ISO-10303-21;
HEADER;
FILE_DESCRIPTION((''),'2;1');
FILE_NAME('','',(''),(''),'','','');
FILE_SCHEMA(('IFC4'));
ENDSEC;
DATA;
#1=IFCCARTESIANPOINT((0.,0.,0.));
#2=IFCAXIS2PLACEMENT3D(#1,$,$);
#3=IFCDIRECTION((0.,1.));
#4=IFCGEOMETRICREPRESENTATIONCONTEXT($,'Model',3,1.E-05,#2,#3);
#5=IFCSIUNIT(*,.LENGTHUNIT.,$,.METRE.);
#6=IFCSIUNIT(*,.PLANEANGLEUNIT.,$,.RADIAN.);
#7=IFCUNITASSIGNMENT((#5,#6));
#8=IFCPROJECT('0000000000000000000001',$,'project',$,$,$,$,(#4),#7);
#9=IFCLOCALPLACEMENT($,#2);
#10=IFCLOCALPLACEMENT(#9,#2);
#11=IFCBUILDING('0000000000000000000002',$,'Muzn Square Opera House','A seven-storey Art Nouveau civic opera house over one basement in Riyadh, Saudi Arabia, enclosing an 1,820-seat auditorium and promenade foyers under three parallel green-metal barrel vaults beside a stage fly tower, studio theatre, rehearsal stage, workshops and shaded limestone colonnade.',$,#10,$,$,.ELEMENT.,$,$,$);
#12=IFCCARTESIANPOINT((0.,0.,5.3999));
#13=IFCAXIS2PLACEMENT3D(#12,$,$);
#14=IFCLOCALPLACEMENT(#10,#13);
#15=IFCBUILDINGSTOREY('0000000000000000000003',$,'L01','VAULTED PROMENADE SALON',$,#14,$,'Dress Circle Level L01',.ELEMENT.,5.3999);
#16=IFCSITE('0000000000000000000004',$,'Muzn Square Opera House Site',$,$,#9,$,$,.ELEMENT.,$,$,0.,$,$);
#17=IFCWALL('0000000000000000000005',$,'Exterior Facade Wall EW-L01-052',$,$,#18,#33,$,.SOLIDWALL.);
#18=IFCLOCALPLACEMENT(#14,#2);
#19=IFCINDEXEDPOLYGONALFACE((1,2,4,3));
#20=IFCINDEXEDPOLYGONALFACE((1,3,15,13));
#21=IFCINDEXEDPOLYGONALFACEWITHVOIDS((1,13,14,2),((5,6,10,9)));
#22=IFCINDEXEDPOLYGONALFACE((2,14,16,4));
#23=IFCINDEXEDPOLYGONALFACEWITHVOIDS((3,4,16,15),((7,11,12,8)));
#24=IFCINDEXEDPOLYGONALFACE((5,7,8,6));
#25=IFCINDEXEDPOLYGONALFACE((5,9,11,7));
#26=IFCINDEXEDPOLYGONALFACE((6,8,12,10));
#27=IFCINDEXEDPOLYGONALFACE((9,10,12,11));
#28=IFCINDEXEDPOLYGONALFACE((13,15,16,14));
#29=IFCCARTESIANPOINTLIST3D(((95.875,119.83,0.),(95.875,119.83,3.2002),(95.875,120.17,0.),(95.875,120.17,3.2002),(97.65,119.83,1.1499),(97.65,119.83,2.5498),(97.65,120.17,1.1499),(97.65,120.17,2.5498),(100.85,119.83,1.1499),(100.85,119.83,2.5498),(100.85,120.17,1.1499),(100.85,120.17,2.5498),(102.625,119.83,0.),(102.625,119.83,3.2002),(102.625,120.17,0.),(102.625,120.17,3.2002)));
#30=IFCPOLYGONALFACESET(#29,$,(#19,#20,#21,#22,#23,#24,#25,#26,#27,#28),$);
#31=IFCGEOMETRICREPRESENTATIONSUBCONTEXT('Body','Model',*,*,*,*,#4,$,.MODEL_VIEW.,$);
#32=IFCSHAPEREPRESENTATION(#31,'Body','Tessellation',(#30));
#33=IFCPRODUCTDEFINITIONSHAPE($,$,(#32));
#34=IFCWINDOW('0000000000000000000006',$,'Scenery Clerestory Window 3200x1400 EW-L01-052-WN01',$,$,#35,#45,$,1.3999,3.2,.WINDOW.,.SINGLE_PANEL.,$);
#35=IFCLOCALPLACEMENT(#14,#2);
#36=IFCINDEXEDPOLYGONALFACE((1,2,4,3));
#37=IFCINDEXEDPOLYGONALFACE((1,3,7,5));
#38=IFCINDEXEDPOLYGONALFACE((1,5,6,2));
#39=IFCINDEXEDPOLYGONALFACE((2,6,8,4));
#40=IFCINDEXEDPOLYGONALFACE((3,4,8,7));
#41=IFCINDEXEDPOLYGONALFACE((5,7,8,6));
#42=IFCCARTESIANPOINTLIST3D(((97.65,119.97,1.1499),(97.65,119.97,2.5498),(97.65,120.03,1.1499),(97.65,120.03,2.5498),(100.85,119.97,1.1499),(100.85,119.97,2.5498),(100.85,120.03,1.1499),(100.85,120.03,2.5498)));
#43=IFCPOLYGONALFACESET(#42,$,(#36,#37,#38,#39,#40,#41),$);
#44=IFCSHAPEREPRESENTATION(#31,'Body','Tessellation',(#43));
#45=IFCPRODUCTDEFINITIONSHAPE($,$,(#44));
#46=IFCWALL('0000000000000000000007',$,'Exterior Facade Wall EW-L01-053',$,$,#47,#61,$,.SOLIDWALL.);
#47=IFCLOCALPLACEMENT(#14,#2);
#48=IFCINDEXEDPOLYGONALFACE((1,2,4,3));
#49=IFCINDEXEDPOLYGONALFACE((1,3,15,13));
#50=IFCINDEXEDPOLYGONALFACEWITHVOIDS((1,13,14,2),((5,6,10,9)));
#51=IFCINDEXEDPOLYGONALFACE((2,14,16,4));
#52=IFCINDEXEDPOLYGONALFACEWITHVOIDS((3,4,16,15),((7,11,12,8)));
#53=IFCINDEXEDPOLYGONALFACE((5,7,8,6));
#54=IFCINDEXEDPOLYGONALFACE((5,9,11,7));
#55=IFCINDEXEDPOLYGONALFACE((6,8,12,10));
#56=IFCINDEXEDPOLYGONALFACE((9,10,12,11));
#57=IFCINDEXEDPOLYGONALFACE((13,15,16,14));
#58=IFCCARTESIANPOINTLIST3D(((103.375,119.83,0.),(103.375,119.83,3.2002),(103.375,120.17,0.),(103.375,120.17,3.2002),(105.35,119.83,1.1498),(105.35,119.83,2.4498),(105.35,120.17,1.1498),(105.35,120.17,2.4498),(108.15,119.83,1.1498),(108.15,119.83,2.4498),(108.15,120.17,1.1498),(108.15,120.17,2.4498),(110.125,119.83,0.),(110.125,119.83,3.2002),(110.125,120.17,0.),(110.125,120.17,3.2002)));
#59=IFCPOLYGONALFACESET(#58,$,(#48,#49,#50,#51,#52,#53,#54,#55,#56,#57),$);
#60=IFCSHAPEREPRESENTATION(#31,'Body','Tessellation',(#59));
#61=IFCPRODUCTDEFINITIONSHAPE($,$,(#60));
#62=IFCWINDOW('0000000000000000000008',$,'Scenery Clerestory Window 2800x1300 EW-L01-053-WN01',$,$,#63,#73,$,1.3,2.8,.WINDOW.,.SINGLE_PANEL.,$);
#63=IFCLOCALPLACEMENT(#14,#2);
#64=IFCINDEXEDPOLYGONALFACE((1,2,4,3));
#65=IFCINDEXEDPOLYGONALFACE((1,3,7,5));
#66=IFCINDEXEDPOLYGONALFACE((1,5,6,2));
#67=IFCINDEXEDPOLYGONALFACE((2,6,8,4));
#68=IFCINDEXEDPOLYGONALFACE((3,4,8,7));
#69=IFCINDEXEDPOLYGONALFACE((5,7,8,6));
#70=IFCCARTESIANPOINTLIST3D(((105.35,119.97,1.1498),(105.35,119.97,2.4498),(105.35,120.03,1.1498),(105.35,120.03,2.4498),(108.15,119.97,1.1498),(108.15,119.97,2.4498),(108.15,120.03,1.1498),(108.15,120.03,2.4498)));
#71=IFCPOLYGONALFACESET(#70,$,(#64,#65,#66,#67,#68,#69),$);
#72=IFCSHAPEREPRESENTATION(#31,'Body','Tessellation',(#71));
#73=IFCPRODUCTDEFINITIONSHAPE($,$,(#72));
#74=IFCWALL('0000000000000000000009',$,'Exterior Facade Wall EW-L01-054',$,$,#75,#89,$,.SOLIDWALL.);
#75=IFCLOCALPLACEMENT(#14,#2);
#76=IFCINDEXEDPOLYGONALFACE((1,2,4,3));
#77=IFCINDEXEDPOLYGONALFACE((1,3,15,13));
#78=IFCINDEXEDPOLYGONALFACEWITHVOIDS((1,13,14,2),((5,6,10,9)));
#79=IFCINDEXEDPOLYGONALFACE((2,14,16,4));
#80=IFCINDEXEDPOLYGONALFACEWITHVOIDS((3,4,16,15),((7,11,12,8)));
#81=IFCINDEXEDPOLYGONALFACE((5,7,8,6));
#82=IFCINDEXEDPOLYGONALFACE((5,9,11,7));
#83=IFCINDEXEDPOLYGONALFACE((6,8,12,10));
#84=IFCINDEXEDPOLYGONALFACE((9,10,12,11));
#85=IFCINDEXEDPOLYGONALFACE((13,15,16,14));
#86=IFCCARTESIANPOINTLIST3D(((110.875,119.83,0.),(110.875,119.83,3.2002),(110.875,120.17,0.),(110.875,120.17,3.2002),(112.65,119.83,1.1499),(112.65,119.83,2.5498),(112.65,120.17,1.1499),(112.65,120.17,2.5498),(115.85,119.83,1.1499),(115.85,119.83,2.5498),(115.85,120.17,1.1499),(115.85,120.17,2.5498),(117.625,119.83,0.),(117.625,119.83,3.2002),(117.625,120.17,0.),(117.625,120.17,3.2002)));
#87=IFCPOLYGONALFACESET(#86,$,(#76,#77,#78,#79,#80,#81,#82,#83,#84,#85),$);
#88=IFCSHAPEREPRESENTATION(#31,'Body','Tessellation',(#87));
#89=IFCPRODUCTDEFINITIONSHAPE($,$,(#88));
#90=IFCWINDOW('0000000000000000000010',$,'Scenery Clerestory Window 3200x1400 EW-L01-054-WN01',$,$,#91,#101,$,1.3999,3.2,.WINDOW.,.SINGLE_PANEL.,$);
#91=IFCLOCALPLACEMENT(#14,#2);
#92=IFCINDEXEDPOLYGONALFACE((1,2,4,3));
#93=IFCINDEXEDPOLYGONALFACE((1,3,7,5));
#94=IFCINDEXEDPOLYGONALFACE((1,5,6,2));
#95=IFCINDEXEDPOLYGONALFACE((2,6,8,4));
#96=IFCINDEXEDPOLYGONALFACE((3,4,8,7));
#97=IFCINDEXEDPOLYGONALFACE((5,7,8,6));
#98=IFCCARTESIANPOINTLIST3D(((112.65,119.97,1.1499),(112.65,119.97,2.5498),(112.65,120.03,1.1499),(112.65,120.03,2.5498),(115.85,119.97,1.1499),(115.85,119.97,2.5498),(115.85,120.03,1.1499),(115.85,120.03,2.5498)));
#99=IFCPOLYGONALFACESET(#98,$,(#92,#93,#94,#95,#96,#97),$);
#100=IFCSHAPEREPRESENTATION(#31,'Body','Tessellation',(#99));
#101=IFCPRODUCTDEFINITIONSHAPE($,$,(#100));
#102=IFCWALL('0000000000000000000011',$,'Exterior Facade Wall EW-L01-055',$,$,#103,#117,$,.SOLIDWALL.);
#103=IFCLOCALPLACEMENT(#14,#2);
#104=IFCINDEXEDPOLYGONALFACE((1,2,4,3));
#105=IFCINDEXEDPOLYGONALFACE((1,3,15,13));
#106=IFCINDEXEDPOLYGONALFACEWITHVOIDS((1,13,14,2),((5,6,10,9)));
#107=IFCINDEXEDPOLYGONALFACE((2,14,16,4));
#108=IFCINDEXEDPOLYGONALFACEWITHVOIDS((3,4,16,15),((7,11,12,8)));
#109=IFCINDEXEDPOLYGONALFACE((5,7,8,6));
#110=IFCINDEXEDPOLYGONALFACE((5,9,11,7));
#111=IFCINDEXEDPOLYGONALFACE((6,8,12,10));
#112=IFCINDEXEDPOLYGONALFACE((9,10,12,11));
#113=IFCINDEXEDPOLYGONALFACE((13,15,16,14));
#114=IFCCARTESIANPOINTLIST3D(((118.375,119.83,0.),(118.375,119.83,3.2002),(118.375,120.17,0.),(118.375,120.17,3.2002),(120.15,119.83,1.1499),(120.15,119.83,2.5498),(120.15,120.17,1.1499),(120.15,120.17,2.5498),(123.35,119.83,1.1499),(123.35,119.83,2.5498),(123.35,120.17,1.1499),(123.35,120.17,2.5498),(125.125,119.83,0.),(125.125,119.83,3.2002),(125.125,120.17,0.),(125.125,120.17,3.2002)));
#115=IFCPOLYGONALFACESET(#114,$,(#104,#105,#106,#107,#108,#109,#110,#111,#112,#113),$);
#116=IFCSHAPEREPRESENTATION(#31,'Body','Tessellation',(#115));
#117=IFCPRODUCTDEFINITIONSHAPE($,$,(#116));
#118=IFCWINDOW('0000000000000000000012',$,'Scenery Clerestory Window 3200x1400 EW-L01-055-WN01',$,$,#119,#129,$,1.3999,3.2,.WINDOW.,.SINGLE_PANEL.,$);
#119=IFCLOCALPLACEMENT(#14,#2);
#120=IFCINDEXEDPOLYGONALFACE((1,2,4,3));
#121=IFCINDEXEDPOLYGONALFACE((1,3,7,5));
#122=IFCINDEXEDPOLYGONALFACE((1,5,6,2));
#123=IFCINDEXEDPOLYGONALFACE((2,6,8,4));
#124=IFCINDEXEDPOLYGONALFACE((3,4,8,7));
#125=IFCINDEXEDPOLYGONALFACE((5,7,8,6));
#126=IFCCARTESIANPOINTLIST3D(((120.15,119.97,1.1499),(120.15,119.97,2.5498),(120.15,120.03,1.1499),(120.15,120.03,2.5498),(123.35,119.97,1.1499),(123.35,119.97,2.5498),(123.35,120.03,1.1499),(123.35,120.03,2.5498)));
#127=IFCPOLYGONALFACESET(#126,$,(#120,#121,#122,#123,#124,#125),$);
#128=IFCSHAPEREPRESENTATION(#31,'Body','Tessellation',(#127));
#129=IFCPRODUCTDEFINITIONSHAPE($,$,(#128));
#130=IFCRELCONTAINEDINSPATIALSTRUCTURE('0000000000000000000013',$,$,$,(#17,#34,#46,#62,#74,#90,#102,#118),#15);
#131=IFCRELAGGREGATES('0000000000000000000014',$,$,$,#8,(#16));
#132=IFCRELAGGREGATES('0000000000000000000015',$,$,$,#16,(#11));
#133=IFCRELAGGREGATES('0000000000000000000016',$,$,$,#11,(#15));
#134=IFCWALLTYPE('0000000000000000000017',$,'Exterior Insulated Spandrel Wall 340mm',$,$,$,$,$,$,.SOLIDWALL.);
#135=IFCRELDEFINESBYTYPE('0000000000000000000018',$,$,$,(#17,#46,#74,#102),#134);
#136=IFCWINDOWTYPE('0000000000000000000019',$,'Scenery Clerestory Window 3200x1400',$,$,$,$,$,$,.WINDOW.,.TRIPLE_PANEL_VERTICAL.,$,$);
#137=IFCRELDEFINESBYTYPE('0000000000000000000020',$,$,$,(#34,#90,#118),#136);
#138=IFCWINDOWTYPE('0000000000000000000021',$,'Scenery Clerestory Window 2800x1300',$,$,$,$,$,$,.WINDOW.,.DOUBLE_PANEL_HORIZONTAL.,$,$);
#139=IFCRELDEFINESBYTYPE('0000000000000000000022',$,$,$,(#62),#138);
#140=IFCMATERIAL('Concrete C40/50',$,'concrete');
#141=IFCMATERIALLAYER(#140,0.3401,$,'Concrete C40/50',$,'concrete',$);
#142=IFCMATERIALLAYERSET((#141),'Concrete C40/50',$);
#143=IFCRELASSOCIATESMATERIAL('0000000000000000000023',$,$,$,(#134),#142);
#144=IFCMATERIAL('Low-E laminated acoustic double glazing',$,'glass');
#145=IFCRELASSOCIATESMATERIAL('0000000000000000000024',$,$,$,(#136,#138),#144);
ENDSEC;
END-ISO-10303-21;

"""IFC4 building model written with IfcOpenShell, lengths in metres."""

from ifc_helpers import new_model, si_unit, direction, frame, frame_2d, origin, place, context, subcontext, project, spatial, rectangle, extrude, material, layer, layer_set, type_object, element, fill, save


model = new_model("IFC4")

# Units and contexts
model_context = context("Model", 3, precision=1e-05, world=origin(), true_north=direction((0.0, 1.0)))
body_context = subcontext(model_context, "Body", "Model", "MODEL_VIEW")
ifc_project = project(units=[si_unit("LENGTHUNIT", "METRE"), si_unit("PLANEANGLEUNIT", "RADIAN")], contexts=[model_context])

# Site, building, storey
site_placement = place(None, origin())
site = spatial("IfcSite", under=ifc_project, at=site_placement, Name="Muzn Square Opera House Site", CompositionType="ELEMENT", RefElevation=0.0)
building_placement = place(site_placement, origin())
building = spatial("IfcBuilding", under=site, at=building_placement, Name="Muzn Square Opera House", Description="A seven-storey Art Nouveau civic opera house over one basement in Riyadh, Saudi Arabia, enclosing an 1,820-seat auditorium and promenade foyers under three parallel green-metal barrel vaults beside a stage fly tower, studio theatre, rehearsal stage, workshops and shaded limestone colonnade.", CompositionType="ELEMENT")
storey_placement = place(building_placement, frame((0.0, 0.0, 5.3999)))
storey = spatial("IfcBuildingStorey", under=building, at=storey_placement, Name="L01", Description="VAULTED PROMENADE SALON", LongName="Dress Circle Level L01", CompositionType="ELEMENT", Elevation=5.3999)

# Shared definitions
ifc_material_1 = material(Name="Concrete C40/50", Category="concrete")

# Walls, openings, windows
ifc_layer = layer(ifc_material_1, 0.3401, Name="Concrete C40/50", Category="concrete")
ifc_layer_set = layer_set([ifc_layer], Name="Concrete C40/50")
wall_type = type_object("IfcWallType", Name="Exterior Insulated Spandrel Wall 340mm", PredefinedType="SOLIDWALL", material=ifc_layer_set)
wall_1_placement = place(storey_placement, frame((95.875, 120.0, 0.0), z_axis=(0.0, 0.0, 1.0), x_axis=(1.0, 0.0, 0.0)))
wall_1 = element("IfcWall", 1, at=wall_1_placement, inside=storey, type_object=wall_type, Name="Exterior Facade Wall EW-L01-052", PredefinedType="SOLIDWALL", context=body_context, shape_type="SweptSolid", body=[
    extrude(rectangle(XDim=6.75, YDim=0.3401, at=frame_2d((3.375, 0.0))), origin(), (0.0, 0.0, 1.0), 3.2002),
])
opening_1_placement = place(wall_1_placement, frame((1.7749, 0.0, 1.1499)))
opening_1 = element("IfcOpeningElement", 2, at=opening_1_placement, cuts=wall_1, PredefinedType="OPENING", context=body_context, shape_type="SweptSolid", body=[
    extrude(rectangle(XDim=3.2, YDim=1.3999, at=frame_2d((1.6001, 0.7))), frame((0.0, 0.1799, 0.0), z_axis=(0.0, -1.0, 0.0), x_axis=(1.0, 0.0, 0.0)), (0.0, 0.0, 1.0), 0.3601),
])
ifc_material_2 = material(Name="Low-E laminated acoustic double glazing", Category="glass")
window_type_1 = type_object("IfcWindowType", Name="Scenery Clerestory Window 3200x1400", PartitioningType="TRIPLE_PANEL_VERTICAL", PredefinedType="WINDOW", material=ifc_material_2)
window_1_placement = place(opening_1_placement, origin())
window_1 = element("IfcWindow", 3, at=window_1_placement, inside=storey, type_object=window_type_1, Name="Scenery Clerestory Window 3200x1400 EW-L01-052-WN01", OverallHeight=1.3999, OverallWidth=3.2, PartitioningType="SINGLE_PANEL", PredefinedType="WINDOW", context=body_context, shape_type="SweptSolid", body=[
    extrude(rectangle(XDim=3.2, YDim=1.3999, at=frame_2d((1.6001, 0.7))), frame((0.0, 0.03, 0.0), z_axis=(0.0, -1.0, 0.0), x_axis=(1.0, 0.0, 0.0)), (0.0, 0.0, 1.0), 0.0601),
])
fill(opening_1, window_1)
wall_2_placement = place(storey_placement, frame((103.375, 120.0, 0.0), z_axis=(0.0, 0.0, 1.0), x_axis=(1.0, 0.0, 0.0)))
wall_2 = element("IfcWall", 4, at=wall_2_placement, inside=storey, type_object=wall_type, Name="Exterior Facade Wall EW-L01-053", PredefinedType="SOLIDWALL", context=body_context, shape_type="SweptSolid", body=[
    extrude(rectangle(XDim=6.75, YDim=0.3401, at=frame_2d((3.375, 0.0))), origin(), (0.0, 0.0, 1.0), 3.2002),
])
opening_2_placement = place(wall_2_placement, frame((1.9751, 0.0, 1.1499)))
opening_2 = element("IfcOpeningElement", 5, at=opening_2_placement, cuts=wall_2, PredefinedType="OPENING", context=body_context, shape_type="SweptSolid", body=[
    extrude(rectangle(XDim=2.8, YDim=1.3, at=frame_2d((1.3999, 0.6499))), frame((0.0, 0.1799, 0.0), z_axis=(0.0, -1.0, 0.0), x_axis=(1.0, 0.0, 0.0)), (0.0, 0.0, 1.0), 0.3601),
])
window_type_2 = type_object("IfcWindowType", Name="Scenery Clerestory Window 2800x1300", PartitioningType="DOUBLE_PANEL_HORIZONTAL", PredefinedType="WINDOW", material=ifc_material_2)
window_2_placement = place(opening_2_placement, origin())
window_2 = element("IfcWindow", 6, at=window_2_placement, inside=storey, type_object=window_type_2, Name="Scenery Clerestory Window 2800x1300 EW-L01-053-WN01", OverallHeight=1.3, OverallWidth=2.8, PartitioningType="SINGLE_PANEL", PredefinedType="WINDOW", context=body_context, shape_type="SweptSolid", body=[
    extrude(rectangle(XDim=2.8, YDim=1.3, at=frame_2d((1.3999, 0.6499))), frame((0.0, 0.03, 0.0), z_axis=(0.0, -1.0, 0.0), x_axis=(1.0, 0.0, 0.0)), (0.0, 0.0, 1.0), 0.0601),
])
fill(opening_2, window_2)
wall_3_placement = place(storey_placement, frame((110.875, 120.0, 0.0), z_axis=(0.0, 0.0, 1.0), x_axis=(1.0, 0.0, 0.0)))
wall_3 = element("IfcWall", 7, at=wall_3_placement, inside=storey, type_object=wall_type, Name="Exterior Facade Wall EW-L01-054", PredefinedType="SOLIDWALL", context=body_context, shape_type="SweptSolid", body=[
    extrude(rectangle(XDim=6.75, YDim=0.3401, at=frame_2d((3.375, 0.0))), origin(), (0.0, 0.0, 1.0), 3.2002),
])
opening_3_placement = place(wall_3_placement, frame((1.7749, 0.0, 1.1499)))
opening_3 = element("IfcOpeningElement", 8, at=opening_3_placement, cuts=wall_3, PredefinedType="OPENING", context=body_context, shape_type="SweptSolid", body=[
    extrude(rectangle(XDim=3.2, YDim=1.3999, at=frame_2d((1.6001, 0.7))), frame((0.0, 0.1799, 0.0), z_axis=(0.0, -1.0, 0.0), x_axis=(1.0, 0.0, 0.0)), (0.0, 0.0, 1.0), 0.3601),
])
window_3_placement = place(opening_3_placement, origin())
window_3 = element("IfcWindow", 9, at=window_3_placement, inside=storey, type_object=window_type_1, Name="Scenery Clerestory Window 3200x1400 EW-L01-054-WN01", OverallHeight=1.3999, OverallWidth=3.2, PartitioningType="SINGLE_PANEL", PredefinedType="WINDOW", context=body_context, shape_type="SweptSolid", body=[
    extrude(rectangle(XDim=3.2, YDim=1.3999, at=frame_2d((1.6001, 0.7))), frame((0.0, 0.03, 0.0), z_axis=(0.0, -1.0, 0.0), x_axis=(1.0, 0.0, 0.0)), (0.0, 0.0, 1.0), 0.0601),
])
fill(opening_3, window_3)
wall_4_placement = place(storey_placement, frame((118.375, 120.0, 0.0), z_axis=(0.0, 0.0, 1.0), x_axis=(1.0, 0.0, 0.0)))
wall_4 = element("IfcWall", 10, at=wall_4_placement, inside=storey, type_object=wall_type, Name="Exterior Facade Wall EW-L01-055", PredefinedType="SOLIDWALL", context=body_context, shape_type="SweptSolid", body=[
    extrude(rectangle(XDim=6.75, YDim=0.3401, at=frame_2d((3.375, 0.0))), origin(), (0.0, 0.0, 1.0), 3.2002),
])
opening_4_placement = place(wall_4_placement, frame((1.7749, 0.0, 1.1499)))
opening_4 = element("IfcOpeningElement", 11, at=opening_4_placement, cuts=wall_4, PredefinedType="OPENING", context=body_context, shape_type="SweptSolid", body=[
    extrude(rectangle(XDim=3.2, YDim=1.3999, at=frame_2d((1.6001, 0.7))), frame((0.0, 0.1799, 0.0), z_axis=(0.0, -1.0, 0.0), x_axis=(1.0, 0.0, 0.0)), (0.0, 0.0, 1.0), 0.3601),
])
window_4_placement = place(opening_4_placement, origin())
window_4 = element("IfcWindow", 12, at=window_4_placement, inside=storey, type_object=window_type_1, Name="Scenery Clerestory Window 3200x1400 EW-L01-055-WN01", OverallHeight=1.3999, OverallWidth=3.2, PartitioningType="SINGLE_PANEL", PredefinedType="WINDOW", context=body_context, shape_type="SweptSolid", body=[
    extrude(rectangle(XDim=3.2, YDim=1.3999, at=frame_2d((1.6001, 0.7))), frame((0.0, 0.03, 0.0), z_axis=(0.0, -1.0, 0.0), x_axis=(1.0, 0.0, 0.0)), (0.0, 0.0, 1.0), 0.0601),
])
fill(opening_4, window_4)

save(model, "model.ifc")
